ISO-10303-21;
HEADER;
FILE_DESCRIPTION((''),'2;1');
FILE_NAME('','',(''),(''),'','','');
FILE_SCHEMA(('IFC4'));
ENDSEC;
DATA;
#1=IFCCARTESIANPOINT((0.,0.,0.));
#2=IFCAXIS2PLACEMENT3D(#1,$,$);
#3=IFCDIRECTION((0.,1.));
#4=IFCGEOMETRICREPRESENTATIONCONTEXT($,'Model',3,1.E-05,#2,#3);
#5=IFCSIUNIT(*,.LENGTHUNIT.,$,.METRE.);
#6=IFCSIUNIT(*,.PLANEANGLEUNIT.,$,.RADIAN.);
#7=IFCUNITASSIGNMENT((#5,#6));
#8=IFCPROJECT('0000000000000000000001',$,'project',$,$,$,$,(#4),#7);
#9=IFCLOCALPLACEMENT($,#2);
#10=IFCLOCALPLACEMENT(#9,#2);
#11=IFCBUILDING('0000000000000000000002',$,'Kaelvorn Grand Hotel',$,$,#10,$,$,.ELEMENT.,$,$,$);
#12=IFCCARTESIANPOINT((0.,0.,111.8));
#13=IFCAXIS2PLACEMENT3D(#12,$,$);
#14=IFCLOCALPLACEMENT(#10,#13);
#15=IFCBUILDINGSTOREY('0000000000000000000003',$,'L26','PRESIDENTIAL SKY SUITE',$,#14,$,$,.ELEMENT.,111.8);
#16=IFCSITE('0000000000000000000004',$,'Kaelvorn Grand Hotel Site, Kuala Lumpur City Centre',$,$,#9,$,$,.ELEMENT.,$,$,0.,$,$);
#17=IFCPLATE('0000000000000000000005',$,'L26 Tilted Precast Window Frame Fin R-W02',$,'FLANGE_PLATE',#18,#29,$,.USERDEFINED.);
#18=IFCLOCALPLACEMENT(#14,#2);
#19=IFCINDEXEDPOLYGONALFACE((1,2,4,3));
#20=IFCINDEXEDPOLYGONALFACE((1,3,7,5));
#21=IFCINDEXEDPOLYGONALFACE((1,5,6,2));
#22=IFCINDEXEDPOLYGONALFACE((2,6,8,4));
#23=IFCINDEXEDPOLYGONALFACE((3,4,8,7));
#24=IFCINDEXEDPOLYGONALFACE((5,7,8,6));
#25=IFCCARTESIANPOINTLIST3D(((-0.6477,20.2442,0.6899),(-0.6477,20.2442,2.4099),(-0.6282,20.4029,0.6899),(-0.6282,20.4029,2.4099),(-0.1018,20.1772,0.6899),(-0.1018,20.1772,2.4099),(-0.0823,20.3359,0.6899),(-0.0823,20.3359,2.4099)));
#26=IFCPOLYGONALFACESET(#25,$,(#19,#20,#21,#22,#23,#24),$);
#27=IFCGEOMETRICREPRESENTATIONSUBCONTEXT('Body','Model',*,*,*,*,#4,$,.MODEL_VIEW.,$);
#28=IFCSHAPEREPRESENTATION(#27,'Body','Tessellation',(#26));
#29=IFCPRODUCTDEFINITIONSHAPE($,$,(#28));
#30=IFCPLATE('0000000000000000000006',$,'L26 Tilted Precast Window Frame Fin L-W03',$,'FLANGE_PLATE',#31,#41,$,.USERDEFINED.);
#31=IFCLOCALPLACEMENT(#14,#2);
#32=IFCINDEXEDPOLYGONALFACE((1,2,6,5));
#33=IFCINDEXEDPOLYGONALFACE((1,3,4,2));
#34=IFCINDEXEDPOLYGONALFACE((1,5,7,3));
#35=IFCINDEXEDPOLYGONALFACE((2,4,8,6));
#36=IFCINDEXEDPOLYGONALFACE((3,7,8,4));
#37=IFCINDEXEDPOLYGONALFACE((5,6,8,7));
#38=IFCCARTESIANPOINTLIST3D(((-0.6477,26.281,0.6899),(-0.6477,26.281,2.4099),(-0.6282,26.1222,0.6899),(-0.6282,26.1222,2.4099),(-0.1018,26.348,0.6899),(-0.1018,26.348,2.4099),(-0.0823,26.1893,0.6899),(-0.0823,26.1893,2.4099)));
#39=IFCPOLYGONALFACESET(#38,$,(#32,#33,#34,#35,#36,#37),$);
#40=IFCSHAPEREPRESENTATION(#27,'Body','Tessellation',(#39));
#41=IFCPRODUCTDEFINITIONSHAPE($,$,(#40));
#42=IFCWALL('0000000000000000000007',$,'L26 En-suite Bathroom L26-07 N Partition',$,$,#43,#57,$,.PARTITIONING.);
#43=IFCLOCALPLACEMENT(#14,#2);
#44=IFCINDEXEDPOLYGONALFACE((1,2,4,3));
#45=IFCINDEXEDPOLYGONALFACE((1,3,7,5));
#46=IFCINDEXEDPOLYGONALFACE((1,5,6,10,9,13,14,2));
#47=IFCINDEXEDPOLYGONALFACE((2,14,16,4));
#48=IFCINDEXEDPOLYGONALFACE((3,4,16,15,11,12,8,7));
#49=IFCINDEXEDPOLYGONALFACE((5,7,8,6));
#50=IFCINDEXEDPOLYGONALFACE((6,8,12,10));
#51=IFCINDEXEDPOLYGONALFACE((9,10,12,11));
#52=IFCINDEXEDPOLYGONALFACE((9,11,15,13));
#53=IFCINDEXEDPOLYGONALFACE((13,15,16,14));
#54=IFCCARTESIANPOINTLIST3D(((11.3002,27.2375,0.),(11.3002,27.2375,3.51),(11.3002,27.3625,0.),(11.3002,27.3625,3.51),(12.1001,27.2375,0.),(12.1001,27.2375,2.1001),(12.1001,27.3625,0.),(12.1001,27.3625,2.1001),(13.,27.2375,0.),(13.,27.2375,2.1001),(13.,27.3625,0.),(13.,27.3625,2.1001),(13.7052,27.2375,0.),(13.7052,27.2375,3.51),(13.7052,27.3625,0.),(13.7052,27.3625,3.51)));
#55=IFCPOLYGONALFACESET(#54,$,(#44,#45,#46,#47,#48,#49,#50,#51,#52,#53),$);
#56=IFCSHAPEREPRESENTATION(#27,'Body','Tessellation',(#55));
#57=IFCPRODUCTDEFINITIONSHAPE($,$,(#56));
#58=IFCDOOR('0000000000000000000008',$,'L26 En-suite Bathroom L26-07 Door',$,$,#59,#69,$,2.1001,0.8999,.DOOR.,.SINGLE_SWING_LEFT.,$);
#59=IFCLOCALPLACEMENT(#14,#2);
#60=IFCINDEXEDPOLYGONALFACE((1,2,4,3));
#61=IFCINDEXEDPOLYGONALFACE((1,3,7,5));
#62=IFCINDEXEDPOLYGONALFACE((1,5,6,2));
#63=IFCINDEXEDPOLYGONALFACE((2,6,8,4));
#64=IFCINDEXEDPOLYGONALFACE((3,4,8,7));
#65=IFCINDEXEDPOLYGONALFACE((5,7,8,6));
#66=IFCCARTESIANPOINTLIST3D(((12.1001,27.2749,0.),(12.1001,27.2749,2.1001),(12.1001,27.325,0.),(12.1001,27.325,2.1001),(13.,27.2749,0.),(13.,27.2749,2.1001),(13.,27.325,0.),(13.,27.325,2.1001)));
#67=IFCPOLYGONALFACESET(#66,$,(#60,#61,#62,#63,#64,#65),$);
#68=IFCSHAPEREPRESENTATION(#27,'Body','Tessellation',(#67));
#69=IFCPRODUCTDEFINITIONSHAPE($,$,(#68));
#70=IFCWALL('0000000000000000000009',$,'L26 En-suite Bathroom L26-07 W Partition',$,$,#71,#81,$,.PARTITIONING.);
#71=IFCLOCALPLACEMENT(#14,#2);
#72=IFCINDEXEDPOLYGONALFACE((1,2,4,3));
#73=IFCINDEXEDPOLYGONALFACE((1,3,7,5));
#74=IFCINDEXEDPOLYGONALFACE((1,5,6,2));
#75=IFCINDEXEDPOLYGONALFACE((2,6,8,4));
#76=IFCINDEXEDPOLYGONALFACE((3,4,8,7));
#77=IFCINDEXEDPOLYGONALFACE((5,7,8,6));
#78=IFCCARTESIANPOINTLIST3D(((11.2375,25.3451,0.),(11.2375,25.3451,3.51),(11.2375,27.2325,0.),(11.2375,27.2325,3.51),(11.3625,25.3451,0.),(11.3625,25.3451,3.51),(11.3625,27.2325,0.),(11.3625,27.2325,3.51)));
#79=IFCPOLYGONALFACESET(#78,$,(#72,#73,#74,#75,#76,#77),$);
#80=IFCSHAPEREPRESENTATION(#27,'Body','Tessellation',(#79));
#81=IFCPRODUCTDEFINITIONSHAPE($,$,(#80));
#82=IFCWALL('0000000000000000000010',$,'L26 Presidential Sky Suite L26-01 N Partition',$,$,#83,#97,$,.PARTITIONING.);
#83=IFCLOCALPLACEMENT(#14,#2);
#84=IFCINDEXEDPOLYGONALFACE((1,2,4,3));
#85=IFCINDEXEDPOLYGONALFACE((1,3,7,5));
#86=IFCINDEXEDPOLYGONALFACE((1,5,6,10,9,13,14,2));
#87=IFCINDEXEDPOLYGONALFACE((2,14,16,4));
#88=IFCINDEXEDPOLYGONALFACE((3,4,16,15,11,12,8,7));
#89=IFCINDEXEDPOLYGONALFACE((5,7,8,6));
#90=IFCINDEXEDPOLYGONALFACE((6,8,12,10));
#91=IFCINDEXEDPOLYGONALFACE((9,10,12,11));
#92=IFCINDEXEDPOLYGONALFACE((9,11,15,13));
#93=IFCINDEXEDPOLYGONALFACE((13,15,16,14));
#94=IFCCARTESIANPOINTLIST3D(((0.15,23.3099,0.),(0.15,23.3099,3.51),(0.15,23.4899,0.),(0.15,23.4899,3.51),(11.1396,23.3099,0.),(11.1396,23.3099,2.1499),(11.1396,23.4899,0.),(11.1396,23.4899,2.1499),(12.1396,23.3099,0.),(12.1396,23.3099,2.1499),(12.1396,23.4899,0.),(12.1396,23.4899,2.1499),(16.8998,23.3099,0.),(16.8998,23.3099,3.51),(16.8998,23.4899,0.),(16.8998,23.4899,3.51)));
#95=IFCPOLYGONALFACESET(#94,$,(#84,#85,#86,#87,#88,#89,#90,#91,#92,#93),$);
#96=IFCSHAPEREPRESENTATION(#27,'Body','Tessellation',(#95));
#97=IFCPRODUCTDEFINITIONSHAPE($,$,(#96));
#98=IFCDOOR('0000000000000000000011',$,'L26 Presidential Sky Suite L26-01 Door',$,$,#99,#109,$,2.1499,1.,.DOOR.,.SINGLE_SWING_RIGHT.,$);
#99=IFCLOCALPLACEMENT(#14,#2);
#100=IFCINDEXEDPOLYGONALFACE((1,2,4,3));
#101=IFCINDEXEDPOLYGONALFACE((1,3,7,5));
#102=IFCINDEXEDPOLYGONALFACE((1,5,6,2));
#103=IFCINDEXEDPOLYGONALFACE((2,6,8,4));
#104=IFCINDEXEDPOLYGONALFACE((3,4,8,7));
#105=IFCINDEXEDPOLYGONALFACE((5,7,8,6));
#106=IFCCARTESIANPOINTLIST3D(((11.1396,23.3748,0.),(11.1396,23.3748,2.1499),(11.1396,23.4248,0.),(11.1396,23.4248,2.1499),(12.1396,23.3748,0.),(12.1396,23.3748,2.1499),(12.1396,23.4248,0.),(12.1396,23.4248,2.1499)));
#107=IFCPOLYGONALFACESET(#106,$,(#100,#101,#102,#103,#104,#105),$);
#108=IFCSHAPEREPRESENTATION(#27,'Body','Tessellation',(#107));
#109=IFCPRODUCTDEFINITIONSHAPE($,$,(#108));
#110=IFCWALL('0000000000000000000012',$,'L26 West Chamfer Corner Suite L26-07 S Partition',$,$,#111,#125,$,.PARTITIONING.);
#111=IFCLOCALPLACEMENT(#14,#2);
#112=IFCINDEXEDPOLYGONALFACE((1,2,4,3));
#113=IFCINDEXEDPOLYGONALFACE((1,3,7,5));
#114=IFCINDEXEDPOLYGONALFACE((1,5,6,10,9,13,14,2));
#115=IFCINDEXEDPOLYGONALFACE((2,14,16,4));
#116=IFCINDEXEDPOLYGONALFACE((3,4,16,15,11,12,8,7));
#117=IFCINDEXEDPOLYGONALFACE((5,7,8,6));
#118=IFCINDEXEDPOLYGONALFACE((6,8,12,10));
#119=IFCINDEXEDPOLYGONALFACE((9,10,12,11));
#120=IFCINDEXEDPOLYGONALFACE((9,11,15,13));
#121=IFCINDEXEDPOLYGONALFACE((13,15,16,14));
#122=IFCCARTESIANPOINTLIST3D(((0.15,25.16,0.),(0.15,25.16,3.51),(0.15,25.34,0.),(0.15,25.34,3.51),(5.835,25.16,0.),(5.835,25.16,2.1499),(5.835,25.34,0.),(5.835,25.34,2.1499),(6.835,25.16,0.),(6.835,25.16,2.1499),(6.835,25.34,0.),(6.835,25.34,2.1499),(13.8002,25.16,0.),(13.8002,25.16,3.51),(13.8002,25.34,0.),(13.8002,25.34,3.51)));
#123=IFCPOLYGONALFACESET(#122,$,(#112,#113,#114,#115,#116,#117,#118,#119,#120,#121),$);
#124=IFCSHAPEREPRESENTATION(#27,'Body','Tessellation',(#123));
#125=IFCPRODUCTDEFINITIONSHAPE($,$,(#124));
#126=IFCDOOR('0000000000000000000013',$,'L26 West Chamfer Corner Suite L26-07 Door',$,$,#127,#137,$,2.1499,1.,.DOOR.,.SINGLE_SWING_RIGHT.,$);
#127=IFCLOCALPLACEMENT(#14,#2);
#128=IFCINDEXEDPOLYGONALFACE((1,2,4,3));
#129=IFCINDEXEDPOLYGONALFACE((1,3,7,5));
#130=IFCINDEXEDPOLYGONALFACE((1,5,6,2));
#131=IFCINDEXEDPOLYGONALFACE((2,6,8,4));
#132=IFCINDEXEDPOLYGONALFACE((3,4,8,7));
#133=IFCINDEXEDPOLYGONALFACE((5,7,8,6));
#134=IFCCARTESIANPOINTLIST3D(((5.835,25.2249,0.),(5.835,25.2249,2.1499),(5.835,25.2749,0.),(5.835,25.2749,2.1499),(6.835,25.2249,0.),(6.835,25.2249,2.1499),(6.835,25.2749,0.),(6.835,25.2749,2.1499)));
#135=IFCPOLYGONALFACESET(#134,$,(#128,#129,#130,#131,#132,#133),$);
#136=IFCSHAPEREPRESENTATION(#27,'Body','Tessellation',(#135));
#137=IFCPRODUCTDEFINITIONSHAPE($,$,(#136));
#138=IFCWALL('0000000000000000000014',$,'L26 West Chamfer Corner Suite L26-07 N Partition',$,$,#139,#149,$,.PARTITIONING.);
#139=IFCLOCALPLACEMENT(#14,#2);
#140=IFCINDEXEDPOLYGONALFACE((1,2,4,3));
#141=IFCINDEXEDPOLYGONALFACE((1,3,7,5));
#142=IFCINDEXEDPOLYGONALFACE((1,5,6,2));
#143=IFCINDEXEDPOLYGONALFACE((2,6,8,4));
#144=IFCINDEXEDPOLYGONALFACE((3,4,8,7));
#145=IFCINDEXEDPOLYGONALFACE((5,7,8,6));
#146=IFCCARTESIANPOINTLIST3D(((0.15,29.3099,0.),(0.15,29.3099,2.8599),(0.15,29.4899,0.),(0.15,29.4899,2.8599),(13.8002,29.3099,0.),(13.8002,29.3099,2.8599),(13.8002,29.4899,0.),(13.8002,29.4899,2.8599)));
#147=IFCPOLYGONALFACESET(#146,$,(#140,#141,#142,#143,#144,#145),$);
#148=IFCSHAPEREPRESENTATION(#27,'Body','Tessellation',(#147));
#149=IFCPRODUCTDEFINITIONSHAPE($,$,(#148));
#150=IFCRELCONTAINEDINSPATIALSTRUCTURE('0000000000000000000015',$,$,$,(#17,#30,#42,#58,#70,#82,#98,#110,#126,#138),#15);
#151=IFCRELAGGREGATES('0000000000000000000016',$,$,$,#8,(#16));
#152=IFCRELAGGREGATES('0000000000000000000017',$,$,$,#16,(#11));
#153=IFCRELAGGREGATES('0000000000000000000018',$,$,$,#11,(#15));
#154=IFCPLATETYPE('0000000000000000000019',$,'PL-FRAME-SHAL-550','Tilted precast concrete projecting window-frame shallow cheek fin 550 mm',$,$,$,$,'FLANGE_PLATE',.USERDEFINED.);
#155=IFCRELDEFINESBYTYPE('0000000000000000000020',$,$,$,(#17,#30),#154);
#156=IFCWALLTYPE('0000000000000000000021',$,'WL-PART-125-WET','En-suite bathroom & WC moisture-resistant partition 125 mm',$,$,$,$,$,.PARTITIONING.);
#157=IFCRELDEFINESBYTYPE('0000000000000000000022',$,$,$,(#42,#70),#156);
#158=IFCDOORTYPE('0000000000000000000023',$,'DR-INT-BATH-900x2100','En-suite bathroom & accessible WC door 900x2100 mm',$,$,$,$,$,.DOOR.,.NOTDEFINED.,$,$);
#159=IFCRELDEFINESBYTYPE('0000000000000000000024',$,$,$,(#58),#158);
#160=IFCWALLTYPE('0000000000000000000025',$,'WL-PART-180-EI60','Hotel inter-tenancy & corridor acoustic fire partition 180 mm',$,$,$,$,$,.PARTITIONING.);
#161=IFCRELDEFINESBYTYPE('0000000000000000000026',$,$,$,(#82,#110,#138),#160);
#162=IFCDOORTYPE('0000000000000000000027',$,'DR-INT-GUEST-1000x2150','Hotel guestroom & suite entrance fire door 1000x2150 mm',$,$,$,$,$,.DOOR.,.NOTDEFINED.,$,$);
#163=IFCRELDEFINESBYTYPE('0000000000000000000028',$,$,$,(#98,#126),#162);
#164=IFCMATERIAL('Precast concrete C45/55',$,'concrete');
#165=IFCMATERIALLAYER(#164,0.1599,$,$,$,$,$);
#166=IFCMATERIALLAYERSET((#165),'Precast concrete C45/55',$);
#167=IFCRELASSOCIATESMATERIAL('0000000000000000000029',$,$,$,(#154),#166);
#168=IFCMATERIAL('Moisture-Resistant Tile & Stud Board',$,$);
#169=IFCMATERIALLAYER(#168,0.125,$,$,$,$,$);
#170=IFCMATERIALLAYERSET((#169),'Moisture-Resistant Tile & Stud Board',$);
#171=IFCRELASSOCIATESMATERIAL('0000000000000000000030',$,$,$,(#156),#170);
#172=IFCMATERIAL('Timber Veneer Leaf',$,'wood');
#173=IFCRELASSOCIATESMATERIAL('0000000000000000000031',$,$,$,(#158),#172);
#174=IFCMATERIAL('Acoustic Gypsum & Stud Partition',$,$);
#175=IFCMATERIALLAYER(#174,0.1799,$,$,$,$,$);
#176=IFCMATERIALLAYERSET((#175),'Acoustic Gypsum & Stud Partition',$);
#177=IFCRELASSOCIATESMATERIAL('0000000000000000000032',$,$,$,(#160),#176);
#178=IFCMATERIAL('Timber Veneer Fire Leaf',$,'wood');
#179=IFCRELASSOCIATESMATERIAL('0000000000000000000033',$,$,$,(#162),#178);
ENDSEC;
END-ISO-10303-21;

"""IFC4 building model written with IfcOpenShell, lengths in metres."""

from ifc_helpers import new_model, si_unit, direction, frame, frame_2d, origin, origin_2d, place, context, subcontext, project, spatial, rectangle, extrude, material, layer, layer_set, type_object, element, fill, save


model = new_model("IFC4")

# Units and contexts
model_context = context("Model", 3, precision=1e-05, world=origin(), true_north=direction((0.0, 1.0)))
body_context = subcontext(model_context, "Body", "Model", "MODEL_VIEW")
ifc_project = project(units=[si_unit("LENGTHUNIT", "METRE"), si_unit("PLANEANGLEUNIT", "RADIAN")], contexts=[model_context])

# Site, building, storey
site_placement = place(None, origin())
site = spatial("IfcSite", under=ifc_project, at=site_placement, Name="Kaelvorn Grand Hotel Site, Kuala Lumpur City Centre", CompositionType="ELEMENT", RefElevation=0.0)
building_placement = place(site_placement, origin())
building = spatial("IfcBuilding", under=site, at=building_placement, Name="Kaelvorn Grand Hotel", CompositionType="ELEMENT")
storey_placement = place(building_placement, frame((0.0, 0.0, 111.8)))
storey = spatial("IfcBuildingStorey", under=building, at=storey_placement, Name="L26", Description="PRESIDENTIAL SKY SUITE", CompositionType="ELEMENT", Elevation=111.8)

# Plates
ifc_material_1 = material(Name="Precast concrete C45/55", Category="concrete")
ifc_layer_1 = layer(ifc_material_1, 0.1599)
ifc_layer_set_1 = layer_set([ifc_layer_1], Name="Precast concrete C45/55")
plate_type_1 = type_object("IfcPlateType", Name="PL-FRAME-SHAL-550", Description="Tilted precast concrete projecting window-frame shallow cheek fin 550 mm", ElementType="FLANGE_PLATE", PredefinedType="USERDEFINED", material=ifc_layer_set_1)
for number, where, z_axis, x_axis, name in (
    (1, (-0.365, 20.29, 0.6899), (0.0, 0.0, 1.0), (0.121869, 0.992546, 0.0), "L26 Tilted Precast Window Frame Fin R-W02"),
    (2, (-0.365, 26.2351, 0.6899), (0.0, 0.0, 1.0), (-0.121869, 0.992546, 0.0), "L26 Tilted Precast Window Frame Fin L-W03"),
):
    element("IfcPlate", number, at=place(storey_placement, frame(where, z_axis=z_axis, x_axis=x_axis)), inside=storey, type_object=plate_type_1, Name=name, ObjectType="FLANGE_PLATE", PredefinedType="USERDEFINED", context=body_context, shape_type="SweptSolid", body=[
        extrude(rectangle(XDim=0.1599, YDim=0.55, at=origin_2d()), origin(), (0.0, 0.0, 1.0), 1.72),
    ])

# Wall, opening, door
ifc_material_2 = material(Name="Moisture-Resistant Tile & Stud Board")
ifc_layer_2 = layer(ifc_material_2, 0.125)
ifc_layer_set_2 = layer_set([ifc_layer_2], Name="Moisture-Resistant Tile & Stud Board")
wall_type_1 = type_object("IfcWallType", Name="WL-PART-125-WET", Description="En-suite bathroom & WC moisture-resistant partition 125 mm", PredefinedType="PARTITIONING", material=ifc_layer_set_2)
wall_1_placement = place(storey_placement, frame((11.3, 27.3, 0.0), z_axis=(0.0, 0.0, 1.0), x_axis=(1.0, 0.0, 0.0)))
wall_1 = element("IfcWall", 3, at=wall_1_placement, inside=storey, type_object=wall_type_1, Name="L26 En-suite Bathroom L26-07 N Partition", PredefinedType="PARTITIONING", context=body_context, shape_type="SweptSolid", body=[
    extrude(rectangle(XDim=2.405, YDim=0.125, at=frame_2d((1.2026, 0.0))), origin(), (0.0, 0.0, 1.0), 3.51),
])
opening_1_placement = place(wall_1_placement, frame((0.8, 0.0, 0.0)))
opening_1 = element("IfcOpeningElement", 4, at=opening_1_placement, cuts=wall_1, PredefinedType="OPENING", context=body_context, shape_type="SweptSolid", body=[
    extrude(rectangle(XDim=0.8999, YDim=2.1001, at=frame_2d((0.45, 1.05))), frame((0.0, 0.0725, 0.0), z_axis=(0.0, -1.0, 0.0), x_axis=(1.0, 0.0, 0.0)), (0.0, 0.0, 1.0), 0.145),
])
ifc_material_3 = material(Name="Timber Veneer Leaf", Category="wood")
door_type_1 = type_object("IfcDoorType", Name="DR-INT-BATH-900x2100", Description="En-suite bathroom & accessible WC door 900x2100 mm", OperationType="NOTDEFINED", PredefinedType="DOOR", material=ifc_material_3)
door_1_placement = place(opening_1_placement, origin())
door_1 = element("IfcDoor", 5, at=door_1_placement, inside=storey, type_object=door_type_1, Name="L26 En-suite Bathroom L26-07 Door", OperationType="SINGLE_SWING_LEFT", OverallHeight=2.1001, OverallWidth=0.8999, PredefinedType="DOOR", context=body_context, shape_type="SweptSolid", body=[
    extrude(rectangle(XDim=0.8999, YDim=2.1001, at=frame_2d((0.45, 1.05))), frame((0.0, 0.0249, 0.0), z_axis=(0.0, -1.0, 0.0), x_axis=(1.0, 0.0, 0.0)), (0.0, 0.0, 1.0), 0.05),
])
fill(opening_1, door_1)

# Wall
wall_2_placement = place(storey_placement, frame((11.3, 25.345, 0.0), z_axis=(0.0, 0.0, 1.0), x_axis=(0.0, 1.0, 0.0)))
element("IfcWall", 6, at=wall_2_placement, inside=storey, type_object=wall_type_1, Name="L26 En-suite Bathroom L26-07 W Partition", PredefinedType="PARTITIONING", context=body_context, shape_type="SweptSolid", body=[
    extrude(rectangle(XDim=1.8875, YDim=0.125, at=frame_2d((0.9438, 0.0))), origin(), (0.0, 0.0, 1.0), 3.51),
])

# Walls, openings, doors
ifc_material_4 = material(Name="Acoustic Gypsum & Stud Partition")
ifc_layer_3 = layer(ifc_material_4, 0.1799)
ifc_layer_set_3 = layer_set([ifc_layer_3], Name="Acoustic Gypsum & Stud Partition")
wall_type_2 = type_object("IfcWallType", Name="WL-PART-180-EI60", Description="Hotel inter-tenancy & corridor acoustic fire partition 180 mm", PredefinedType="PARTITIONING", material=ifc_layer_set_3)
wall_3_placement = place(storey_placement, frame((0.1499, 23.3999, 0.0), z_axis=(0.0, 0.0, 1.0), x_axis=(1.0, 0.0, 0.0)))
wall_3 = element("IfcWall", 7, at=wall_3_placement, inside=storey, type_object=wall_type_2, Name="L26 Presidential Sky Suite L26-01 N Partition", PredefinedType="PARTITIONING", context=body_context, shape_type="SweptSolid", body=[
    extrude(rectangle(XDim=16.7498, YDim=0.1799, at=frame_2d((8.375, 0.0))), origin(), (0.0, 0.0, 1.0), 3.51),
])
opening_2_placement = place(wall_3_placement, frame((10.9897, 0.0, 0.0)))
opening_2 = element("IfcOpeningElement", 8, at=opening_2_placement, cuts=wall_3, PredefinedType="OPENING", context=body_context, shape_type="SweptSolid", body=[
    extrude(rectangle(XDim=1.0, YDim=2.1499, at=frame_2d((0.5, 1.075))), frame((0.0, 0.1001, 0.0), z_axis=(0.0, -1.0, 0.0), x_axis=(1.0, 0.0, 0.0)), (0.0, 0.0, 1.0), 0.2),
])
ifc_material_5 = material(Name="Timber Veneer Fire Leaf", Category="wood")
door_type_2 = type_object("IfcDoorType", Name="DR-INT-GUEST-1000x2150", Description="Hotel guestroom & suite entrance fire door 1000x2150 mm", OperationType="NOTDEFINED", PredefinedType="DOOR", material=ifc_material_5)
door_2_placement = place(opening_2_placement, origin())
door_2 = element("IfcDoor", 9, at=door_2_placement, inside=storey, type_object=door_type_2, Name="L26 Presidential Sky Suite L26-01 Door", OperationType="SINGLE_SWING_RIGHT", OverallHeight=2.1499, OverallWidth=1.0, PredefinedType="DOOR", context=body_context, shape_type="SweptSolid", body=[
    extrude(rectangle(XDim=1.0, YDim=2.1499, at=frame_2d((0.5, 1.075))), frame((0.0, 0.0249, 0.0), z_axis=(0.0, -1.0, 0.0), x_axis=(1.0, 0.0, 0.0)), (0.0, 0.0, 1.0), 0.05),
])
fill(opening_2, door_2)
wall_4_placement = place(storey_placement, frame((0.1499, 25.25, 0.0), z_axis=(0.0, 0.0, 1.0), x_axis=(1.0, 0.0, 0.0)))
wall_4 = element("IfcWall", 10, at=wall_4_placement, inside=storey, type_object=wall_type_2, Name="L26 West Chamfer Corner Suite L26-07 S Partition", PredefinedType="PARTITIONING", context=body_context, shape_type="SweptSolid", body=[
    extrude(rectangle(XDim=13.6501, YDim=0.1799, at=frame_2d((6.8252, 0.0))), origin(), (0.0, 0.0, 1.0), 3.51),
])
opening_3_placement = place(wall_4_placement, frame((5.6851, 0.0, 0.0)))
opening_3 = element("IfcOpeningElement", 11, at=opening_3_placement, cuts=wall_4, PredefinedType="OPENING", context=body_context, shape_type="SweptSolid", body=[
    extrude(rectangle(XDim=1.0, YDim=2.1499, at=frame_2d((0.5, 1.075))), frame((0.0, 0.1001, 0.0), z_axis=(0.0, -1.0, 0.0), x_axis=(1.0, 0.0, 0.0)), (0.0, 0.0, 1.0), 0.2),
])
door_3_placement = place(opening_3_placement, origin())
door_3 = element("IfcDoor", 12, at=door_3_placement, inside=storey, type_object=door_type_2, Name="L26 West Chamfer Corner Suite L26-07 Door", OperationType="SINGLE_SWING_RIGHT", OverallHeight=2.1499, OverallWidth=1.0, PredefinedType="DOOR", context=body_context, shape_type="SweptSolid", body=[
    extrude(rectangle(XDim=1.0, YDim=2.1499, at=frame_2d((0.5, 1.075))), frame((0.0, 0.0249, 0.0), z_axis=(0.0, -1.0, 0.0), x_axis=(1.0, 0.0, 0.0)), (0.0, 0.0, 1.0), 0.05),
])
fill(opening_3, door_3)

# Wall
wall_5_placement = place(storey_placement, frame((0.1499, 29.3999, 0.0), z_axis=(0.0, 0.0, 1.0), x_axis=(1.0, 0.0, 0.0)))
element("IfcWall", 13, at=wall_5_placement, inside=storey, type_object=wall_type_2, Name="L26 West Chamfer Corner Suite L26-07 N Partition", PredefinedType="PARTITIONING", context=body_context, shape_type="SweptSolid", body=[
    extrude(rectangle(XDim=13.6501, YDim=0.1799, at=frame_2d((6.8252, 0.0))), origin(), (0.0, 0.0, 1.0), 2.8599),
])

save(model, "model.ifc")
